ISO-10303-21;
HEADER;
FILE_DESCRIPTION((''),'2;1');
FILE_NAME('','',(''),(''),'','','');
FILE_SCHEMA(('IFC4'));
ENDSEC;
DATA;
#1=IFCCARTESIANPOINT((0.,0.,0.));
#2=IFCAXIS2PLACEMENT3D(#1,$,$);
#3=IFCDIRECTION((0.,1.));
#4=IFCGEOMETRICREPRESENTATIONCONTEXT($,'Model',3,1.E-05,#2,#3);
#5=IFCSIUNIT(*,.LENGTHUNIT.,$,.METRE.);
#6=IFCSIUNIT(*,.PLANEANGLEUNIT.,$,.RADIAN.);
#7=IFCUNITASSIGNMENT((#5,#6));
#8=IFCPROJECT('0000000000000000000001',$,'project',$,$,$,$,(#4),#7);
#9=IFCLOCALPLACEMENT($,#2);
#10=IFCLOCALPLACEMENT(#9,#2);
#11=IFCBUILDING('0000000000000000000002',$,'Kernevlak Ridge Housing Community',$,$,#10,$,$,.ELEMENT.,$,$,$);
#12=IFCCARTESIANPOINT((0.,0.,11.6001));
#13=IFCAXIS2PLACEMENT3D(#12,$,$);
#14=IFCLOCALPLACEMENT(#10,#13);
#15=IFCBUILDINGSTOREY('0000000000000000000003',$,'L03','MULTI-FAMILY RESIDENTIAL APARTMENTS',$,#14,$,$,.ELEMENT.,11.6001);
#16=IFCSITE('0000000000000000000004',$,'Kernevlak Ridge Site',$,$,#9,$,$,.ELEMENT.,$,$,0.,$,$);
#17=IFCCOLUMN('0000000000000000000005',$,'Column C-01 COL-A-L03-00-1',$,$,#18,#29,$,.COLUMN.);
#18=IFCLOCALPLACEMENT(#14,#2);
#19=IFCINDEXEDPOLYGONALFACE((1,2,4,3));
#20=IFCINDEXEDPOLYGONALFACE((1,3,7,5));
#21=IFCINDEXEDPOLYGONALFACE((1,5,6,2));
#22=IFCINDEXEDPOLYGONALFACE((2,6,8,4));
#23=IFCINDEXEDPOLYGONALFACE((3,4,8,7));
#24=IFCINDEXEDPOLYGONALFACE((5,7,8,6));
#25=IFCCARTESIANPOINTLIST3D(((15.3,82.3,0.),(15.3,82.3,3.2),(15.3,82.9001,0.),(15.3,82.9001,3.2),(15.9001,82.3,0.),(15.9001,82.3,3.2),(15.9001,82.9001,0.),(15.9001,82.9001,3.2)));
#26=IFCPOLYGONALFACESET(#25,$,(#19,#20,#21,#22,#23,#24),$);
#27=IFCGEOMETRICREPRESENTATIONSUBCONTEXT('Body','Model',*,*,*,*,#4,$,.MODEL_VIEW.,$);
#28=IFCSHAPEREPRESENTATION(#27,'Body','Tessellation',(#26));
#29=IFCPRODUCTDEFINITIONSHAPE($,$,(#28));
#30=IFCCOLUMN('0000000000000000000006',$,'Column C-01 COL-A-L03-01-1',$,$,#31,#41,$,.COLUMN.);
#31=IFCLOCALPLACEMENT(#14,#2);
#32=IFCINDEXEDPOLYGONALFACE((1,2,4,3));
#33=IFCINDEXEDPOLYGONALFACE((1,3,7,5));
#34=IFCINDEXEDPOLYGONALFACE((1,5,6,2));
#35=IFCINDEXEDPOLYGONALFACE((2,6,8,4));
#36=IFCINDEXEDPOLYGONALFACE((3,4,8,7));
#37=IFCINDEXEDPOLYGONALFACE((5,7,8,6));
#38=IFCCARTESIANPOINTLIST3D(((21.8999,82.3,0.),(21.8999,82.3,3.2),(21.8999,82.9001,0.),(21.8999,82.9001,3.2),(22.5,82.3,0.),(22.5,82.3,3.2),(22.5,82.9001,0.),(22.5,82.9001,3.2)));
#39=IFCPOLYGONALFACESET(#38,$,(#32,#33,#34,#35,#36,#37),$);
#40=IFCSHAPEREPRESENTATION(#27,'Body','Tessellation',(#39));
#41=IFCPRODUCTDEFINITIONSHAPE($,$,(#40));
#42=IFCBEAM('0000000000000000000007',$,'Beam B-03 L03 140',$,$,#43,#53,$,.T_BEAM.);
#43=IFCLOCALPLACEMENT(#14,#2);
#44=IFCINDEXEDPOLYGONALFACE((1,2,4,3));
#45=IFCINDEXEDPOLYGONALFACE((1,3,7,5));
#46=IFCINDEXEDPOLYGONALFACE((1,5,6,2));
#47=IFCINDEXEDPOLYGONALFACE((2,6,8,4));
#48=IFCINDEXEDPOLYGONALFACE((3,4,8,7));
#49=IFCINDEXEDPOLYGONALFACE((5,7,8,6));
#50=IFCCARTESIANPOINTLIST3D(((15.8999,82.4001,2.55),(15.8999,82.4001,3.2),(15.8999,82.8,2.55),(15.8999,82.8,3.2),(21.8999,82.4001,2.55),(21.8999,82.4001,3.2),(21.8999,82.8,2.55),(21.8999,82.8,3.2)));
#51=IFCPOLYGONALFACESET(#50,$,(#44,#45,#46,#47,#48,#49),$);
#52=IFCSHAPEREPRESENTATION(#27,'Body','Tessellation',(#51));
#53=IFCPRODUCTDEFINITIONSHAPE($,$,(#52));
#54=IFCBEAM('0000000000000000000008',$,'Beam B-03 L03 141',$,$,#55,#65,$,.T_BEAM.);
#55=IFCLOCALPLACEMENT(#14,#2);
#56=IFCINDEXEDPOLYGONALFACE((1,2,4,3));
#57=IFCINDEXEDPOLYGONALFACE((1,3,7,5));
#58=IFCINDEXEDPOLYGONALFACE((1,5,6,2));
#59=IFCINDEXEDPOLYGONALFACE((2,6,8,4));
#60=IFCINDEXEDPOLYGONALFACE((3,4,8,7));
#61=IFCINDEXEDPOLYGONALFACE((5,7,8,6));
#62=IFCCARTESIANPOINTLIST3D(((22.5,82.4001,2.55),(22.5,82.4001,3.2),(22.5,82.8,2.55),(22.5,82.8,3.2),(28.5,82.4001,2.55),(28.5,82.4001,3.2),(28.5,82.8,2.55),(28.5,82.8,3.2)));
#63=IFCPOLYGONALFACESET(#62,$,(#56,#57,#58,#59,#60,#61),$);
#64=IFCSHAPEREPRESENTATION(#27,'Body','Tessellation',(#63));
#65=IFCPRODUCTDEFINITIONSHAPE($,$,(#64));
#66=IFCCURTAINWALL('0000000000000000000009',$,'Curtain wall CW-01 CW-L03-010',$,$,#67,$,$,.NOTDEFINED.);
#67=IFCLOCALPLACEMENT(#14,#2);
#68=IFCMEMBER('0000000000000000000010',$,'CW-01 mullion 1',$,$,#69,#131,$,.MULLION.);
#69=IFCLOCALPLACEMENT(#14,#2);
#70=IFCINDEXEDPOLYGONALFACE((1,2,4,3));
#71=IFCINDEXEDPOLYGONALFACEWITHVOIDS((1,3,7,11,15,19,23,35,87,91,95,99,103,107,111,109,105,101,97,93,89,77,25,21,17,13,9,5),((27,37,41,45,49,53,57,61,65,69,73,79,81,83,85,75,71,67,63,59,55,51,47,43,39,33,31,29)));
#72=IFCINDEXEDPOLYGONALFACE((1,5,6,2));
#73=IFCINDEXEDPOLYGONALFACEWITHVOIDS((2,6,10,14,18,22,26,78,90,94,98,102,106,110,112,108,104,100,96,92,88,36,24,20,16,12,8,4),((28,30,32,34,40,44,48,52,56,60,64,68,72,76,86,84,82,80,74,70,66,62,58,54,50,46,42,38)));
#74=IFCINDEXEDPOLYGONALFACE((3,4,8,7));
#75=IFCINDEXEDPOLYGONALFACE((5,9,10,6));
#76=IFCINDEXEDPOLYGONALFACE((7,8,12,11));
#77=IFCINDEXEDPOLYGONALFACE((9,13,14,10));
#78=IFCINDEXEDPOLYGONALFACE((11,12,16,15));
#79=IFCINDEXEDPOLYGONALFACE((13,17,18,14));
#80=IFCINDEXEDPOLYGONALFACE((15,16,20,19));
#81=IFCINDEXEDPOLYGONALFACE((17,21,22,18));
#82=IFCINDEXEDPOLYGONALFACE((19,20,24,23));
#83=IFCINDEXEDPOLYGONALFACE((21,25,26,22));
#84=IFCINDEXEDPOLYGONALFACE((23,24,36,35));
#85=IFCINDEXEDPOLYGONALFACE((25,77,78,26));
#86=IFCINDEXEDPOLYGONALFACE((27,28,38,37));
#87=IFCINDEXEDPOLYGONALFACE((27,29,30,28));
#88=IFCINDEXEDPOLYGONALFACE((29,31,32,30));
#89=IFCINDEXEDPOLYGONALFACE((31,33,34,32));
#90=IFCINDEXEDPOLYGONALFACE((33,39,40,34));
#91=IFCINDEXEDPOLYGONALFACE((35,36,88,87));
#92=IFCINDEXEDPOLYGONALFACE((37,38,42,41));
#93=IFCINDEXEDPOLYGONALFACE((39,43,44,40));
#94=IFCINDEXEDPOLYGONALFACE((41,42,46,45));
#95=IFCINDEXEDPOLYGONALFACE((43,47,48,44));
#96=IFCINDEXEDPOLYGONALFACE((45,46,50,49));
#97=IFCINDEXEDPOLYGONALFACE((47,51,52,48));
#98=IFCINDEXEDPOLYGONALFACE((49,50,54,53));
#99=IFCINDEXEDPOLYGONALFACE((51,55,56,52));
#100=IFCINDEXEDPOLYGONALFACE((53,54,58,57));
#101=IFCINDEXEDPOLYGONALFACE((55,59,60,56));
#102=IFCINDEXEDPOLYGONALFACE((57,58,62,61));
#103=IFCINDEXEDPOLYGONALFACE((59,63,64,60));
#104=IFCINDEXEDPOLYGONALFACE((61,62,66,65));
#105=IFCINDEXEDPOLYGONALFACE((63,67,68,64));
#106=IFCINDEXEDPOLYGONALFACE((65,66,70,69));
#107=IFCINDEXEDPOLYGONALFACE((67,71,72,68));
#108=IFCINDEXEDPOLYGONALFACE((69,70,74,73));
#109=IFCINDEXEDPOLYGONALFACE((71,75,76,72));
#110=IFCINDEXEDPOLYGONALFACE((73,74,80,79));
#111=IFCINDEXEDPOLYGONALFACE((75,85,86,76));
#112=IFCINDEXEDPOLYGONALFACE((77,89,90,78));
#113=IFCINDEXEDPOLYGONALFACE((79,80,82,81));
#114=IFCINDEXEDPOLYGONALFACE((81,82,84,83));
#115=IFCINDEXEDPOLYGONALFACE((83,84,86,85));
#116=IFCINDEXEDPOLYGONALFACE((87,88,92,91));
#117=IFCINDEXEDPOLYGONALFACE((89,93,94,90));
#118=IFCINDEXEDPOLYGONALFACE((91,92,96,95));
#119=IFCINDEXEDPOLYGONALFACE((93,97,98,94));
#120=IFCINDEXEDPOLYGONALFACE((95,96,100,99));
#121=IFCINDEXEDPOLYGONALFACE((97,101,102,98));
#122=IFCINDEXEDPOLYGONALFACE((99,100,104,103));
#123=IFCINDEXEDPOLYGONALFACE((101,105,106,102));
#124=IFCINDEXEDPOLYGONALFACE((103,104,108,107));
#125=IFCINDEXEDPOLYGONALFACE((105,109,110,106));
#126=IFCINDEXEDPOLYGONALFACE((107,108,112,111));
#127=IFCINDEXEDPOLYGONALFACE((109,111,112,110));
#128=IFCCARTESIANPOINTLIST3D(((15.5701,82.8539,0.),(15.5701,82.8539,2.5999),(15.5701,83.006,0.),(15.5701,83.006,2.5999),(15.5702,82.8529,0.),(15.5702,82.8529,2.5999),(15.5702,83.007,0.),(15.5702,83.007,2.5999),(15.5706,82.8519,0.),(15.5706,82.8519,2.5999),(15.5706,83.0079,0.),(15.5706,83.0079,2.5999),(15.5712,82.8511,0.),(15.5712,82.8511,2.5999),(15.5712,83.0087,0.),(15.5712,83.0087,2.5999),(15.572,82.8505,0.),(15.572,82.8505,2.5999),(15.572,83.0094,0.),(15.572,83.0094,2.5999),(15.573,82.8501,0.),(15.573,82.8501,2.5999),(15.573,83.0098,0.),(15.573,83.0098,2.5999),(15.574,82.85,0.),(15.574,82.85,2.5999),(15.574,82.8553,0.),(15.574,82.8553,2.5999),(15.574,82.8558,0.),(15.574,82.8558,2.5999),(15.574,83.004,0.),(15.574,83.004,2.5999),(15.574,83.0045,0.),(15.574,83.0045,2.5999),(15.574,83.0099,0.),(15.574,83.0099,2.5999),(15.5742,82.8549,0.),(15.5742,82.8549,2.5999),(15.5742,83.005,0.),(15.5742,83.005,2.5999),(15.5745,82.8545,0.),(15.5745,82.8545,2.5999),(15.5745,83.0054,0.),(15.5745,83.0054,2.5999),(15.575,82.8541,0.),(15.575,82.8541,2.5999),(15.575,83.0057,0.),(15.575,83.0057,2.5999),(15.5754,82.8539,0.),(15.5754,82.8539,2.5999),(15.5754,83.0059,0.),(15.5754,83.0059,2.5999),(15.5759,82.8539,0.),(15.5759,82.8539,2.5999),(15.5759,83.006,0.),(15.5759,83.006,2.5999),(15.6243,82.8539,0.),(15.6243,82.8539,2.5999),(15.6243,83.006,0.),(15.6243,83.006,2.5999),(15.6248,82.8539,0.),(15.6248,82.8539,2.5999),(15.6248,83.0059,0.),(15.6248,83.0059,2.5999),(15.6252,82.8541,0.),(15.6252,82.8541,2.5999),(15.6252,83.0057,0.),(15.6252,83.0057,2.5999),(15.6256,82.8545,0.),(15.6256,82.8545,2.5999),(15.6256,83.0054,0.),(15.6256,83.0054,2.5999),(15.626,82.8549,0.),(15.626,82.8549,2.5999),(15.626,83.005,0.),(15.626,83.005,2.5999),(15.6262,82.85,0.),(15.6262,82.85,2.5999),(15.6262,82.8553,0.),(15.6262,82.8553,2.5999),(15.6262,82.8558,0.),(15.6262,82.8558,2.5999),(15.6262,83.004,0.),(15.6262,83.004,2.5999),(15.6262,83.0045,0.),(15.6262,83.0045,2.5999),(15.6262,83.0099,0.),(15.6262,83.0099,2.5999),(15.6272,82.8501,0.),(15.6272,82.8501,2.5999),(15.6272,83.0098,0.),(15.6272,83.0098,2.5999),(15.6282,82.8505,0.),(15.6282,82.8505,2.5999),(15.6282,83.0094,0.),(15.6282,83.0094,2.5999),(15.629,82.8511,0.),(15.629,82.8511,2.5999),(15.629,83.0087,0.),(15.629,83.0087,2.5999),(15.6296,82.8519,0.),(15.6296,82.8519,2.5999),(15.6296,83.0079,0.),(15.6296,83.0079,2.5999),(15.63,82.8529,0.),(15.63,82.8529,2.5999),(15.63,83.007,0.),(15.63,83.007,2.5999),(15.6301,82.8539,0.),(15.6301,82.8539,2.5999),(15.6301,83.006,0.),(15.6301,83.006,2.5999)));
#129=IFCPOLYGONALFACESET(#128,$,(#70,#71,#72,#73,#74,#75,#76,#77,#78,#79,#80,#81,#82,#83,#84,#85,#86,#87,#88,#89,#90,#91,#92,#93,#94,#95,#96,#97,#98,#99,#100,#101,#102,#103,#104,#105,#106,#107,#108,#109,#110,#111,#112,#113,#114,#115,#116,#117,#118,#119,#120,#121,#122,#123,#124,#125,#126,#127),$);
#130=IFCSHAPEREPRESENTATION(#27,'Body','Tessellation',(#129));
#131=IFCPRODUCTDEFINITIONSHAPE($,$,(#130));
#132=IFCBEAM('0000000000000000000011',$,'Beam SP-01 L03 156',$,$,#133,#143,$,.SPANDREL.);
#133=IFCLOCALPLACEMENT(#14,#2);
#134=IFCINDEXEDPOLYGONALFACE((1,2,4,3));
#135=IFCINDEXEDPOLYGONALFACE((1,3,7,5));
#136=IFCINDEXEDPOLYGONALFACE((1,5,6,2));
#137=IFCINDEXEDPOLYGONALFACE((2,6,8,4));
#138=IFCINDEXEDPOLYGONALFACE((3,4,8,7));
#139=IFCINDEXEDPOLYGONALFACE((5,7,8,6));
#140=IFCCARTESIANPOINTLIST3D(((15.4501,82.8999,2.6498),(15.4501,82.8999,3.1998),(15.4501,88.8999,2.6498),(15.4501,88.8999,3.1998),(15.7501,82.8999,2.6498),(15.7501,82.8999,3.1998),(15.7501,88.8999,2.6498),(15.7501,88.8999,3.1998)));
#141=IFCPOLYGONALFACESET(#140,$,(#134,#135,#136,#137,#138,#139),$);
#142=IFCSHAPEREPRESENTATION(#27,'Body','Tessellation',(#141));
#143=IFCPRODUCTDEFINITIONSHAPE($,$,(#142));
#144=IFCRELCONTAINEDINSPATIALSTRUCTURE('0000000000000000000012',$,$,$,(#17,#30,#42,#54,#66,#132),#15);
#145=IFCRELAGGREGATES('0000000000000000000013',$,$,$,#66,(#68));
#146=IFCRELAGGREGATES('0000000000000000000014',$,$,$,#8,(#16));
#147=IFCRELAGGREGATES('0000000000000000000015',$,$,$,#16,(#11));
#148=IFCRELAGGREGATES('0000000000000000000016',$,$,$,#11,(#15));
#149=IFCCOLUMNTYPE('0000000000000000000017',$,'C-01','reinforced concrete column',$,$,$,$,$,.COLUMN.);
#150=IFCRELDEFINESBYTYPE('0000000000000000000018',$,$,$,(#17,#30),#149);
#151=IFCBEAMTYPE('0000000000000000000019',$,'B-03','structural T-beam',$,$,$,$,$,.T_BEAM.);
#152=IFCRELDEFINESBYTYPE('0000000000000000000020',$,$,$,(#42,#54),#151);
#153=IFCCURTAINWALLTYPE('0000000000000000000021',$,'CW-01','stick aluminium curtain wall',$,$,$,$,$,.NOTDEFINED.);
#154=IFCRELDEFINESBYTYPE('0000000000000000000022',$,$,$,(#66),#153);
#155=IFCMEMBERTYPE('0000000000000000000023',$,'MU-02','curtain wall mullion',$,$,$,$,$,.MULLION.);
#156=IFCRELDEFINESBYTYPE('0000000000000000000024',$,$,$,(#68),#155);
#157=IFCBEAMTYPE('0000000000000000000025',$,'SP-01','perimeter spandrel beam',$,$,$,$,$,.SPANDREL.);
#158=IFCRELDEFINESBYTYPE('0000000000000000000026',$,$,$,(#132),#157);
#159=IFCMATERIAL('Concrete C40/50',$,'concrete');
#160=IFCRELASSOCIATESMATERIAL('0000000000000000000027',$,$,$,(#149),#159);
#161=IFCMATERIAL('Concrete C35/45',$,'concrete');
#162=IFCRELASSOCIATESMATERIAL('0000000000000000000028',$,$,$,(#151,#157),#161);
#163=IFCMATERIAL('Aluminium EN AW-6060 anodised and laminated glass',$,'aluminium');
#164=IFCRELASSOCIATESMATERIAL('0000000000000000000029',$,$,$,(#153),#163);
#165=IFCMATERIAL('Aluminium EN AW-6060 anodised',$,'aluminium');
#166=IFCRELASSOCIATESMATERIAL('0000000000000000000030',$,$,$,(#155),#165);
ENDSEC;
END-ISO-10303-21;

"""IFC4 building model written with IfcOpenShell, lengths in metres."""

from ifc_helpers import new_model, si_unit, direction, frame, origin, origin_2d, place, context, subcontext, project, spatial, rectangle, hollow_rectangle, extrude, material, material_profile, profile_set, type_object, element, aggregate, save


model = new_model("IFC4")

# Units and contexts
model_context = context("Model", 3, precision=1e-05, world=origin(), true_north=direction((0.0, 1.0)))
body_context = subcontext(model_context, "Body", "Model", "MODEL_VIEW")
ifc_project = project(units=[si_unit("LENGTHUNIT", "METRE"), si_unit("PLANEANGLEUNIT", "RADIAN")], contexts=[model_context])

# Site, building, storey
site_placement = place(None, origin())
site = spatial("IfcSite", under=ifc_project, at=site_placement, Name="Kernevlak Ridge Site", CompositionType="ELEMENT", RefElevation=0.0)
building_placement = place(site_placement, origin())
building = spatial("IfcBuilding", under=site, at=building_placement, Name="Kernevlak Ridge Housing Community", CompositionType="ELEMENT")
storey_placement = place(building_placement, frame((0.0, 0.0, 11.6001)))
storey = spatial("IfcBuildingStorey", under=building, at=storey_placement, Name="L03", Description="MULTI-FAMILY RESIDENTIAL APARTMENTS", CompositionType="ELEMENT", Elevation=11.6001)

# Columns
ifc_material_1 = material(Name="Concrete C40/50", Category="concrete")
ifc_material_profile_1 = material_profile(ifc_material_1, rectangle(XDim=0.6001, YDim=0.6001, at=origin_2d()), Name="RC 600x600")
ifc_profile_set_1 = profile_set([ifc_material_profile_1], Name="Concrete C40/50")
column_type = type_object("IfcColumnType", Name="C-01", Description="reinforced concrete column", PredefinedType="COLUMN", material=ifc_profile_set_1)
for number, where, z_axis, x_axis, name in (
    (1, (15.6001, 82.6001, 0.0), (0.0, 0.0, 1.0), (1.0, 0.0, 0.0), "Column C-01 COL-A-L03-00-1"),
    (2, (22.2, 82.6001, 0.0), (0.0, 0.0, 1.0), (1.0, 0.0, 0.0), "Column C-01 COL-A-L03-01-1"),
):
    element("IfcColumn", number, at=place(storey_placement, frame(where, z_axis=z_axis, x_axis=x_axis)), inside=storey, type_object=column_type, Name=name, PredefinedType="COLUMN", context=body_context, shape_type="SweptSolid", body=[
        extrude(rectangle(XDim=0.6001, YDim=0.6001, at=origin_2d()), origin(), (0.0, 0.0, 1.0), 3.2),
    ])

# Beams
ifc_material_2 = material(Name="Concrete C35/45", Category="concrete")
ifc_material_profile_2 = material_profile(ifc_material_2, rectangle(XDim=0.3999, YDim=0.6499, at=origin_2d()), Name="RC 400x650")
ifc_profile_set_2 = profile_set([ifc_material_profile_2], Name="Concrete C35/45")
beam_type_1 = type_object("IfcBeamType", Name="B-03", Description="structural T-beam", PredefinedType="T_BEAM", material=ifc_profile_set_2)
for number, where, z_axis, x_axis, name in (
    (3, (15.8999, 82.6001, 2.875), (1.0, 0.0, 0.0), (0.0, 1.0, 0.0), "Beam B-03 L03 140"),
    (4, (22.5, 82.6001, 2.875), (1.0, 0.0, 0.0), (0.0, 1.0, 0.0), "Beam B-03 L03 141"),
):
    element("IfcBeam", number, at=place(storey_placement, frame(where, z_axis=z_axis, x_axis=x_axis)), inside=storey, type_object=beam_type_1, Name=name, PredefinedType="T_BEAM", context=body_context, shape_type="SweptSolid", body=[
        extrude(rectangle(XDim=0.3999, YDim=0.6499, at=origin_2d()), origin(), (0.0, 0.0, 1.0), 6.0),
    ])

# Curtain wall, member
ifc_material_3 = material(Name="Aluminium EN AW-6060 anodised and laminated glass", Category="aluminium")
curtain_wall_type = type_object("IfcCurtainWallType", Name="CW-01", Description="stick aluminium curtain wall", PredefinedType="NOTDEFINED", material=ifc_material_3)
curtain_wall_placement = place(storey_placement, origin())
curtain_wall = element("IfcCurtainWall", 5, at=curtain_wall_placement, inside=storey, type_object=curtain_wall_type, Name="Curtain wall CW-01 CW-L03-010", PredefinedType="NOTDEFINED")
ifc_material_4 = material(Name="Aluminium EN AW-6060 anodised", Category="aluminium")
ifc_material_profile_3 = material_profile(ifc_material_4, hollow_rectangle(XDim=0.0601, YDim=0.1599, WallThickness=0.0039, InnerFilletRadius=0.002, OuterFilletRadius=0.0039, at=origin_2d()), Name="ALU 60x160x4")
ifc_profile_set_3 = profile_set([ifc_material_profile_3], Name="Aluminium EN AW-6060 anodised")
member_type_1 = type_object("IfcMemberType", Name="MU-02", Description="curtain wall mullion", PredefinedType="MULLION", material=ifc_profile_set_3)
member_1_placement = place(storey_placement, frame((15.6001, 82.9299, 0.0), z_axis=(0.0, 0.0, 1.0), x_axis=(-1.0, 0.0, 0.0)))
member_1 = element("IfcMember", 6, at=member_1_placement, type_object=member_type_1, Name="CW-01 mullion 1", PredefinedType="MULLION", context=body_context, shape_type="SweptSolid", body=[
    extrude(hollow_rectangle(XDim=0.0601, YDim=0.1599, WallThickness=0.0039, InnerFilletRadius=0.002, OuterFilletRadius=0.0039, at=origin_2d()), origin(), (0.0, 0.0, 1.0), 2.5999),
])

# Beam
ifc_material_profile_4 = material_profile(ifc_material_2, rectangle(XDim=0.3, YDim=0.55, at=origin_2d()), Name="RC 300x550")
ifc_profile_set_4 = profile_set([ifc_material_profile_4], Name="Concrete C35/45")
beam_type_2 = type_object("IfcBeamType", Name="SP-01", Description="perimeter spandrel beam", PredefinedType="SPANDREL", material=ifc_profile_set_4)
beam_placement = place(storey_placement, frame((15.6001, 82.8999, 2.9248), z_axis=(0.0, 1.0, 0.0), x_axis=(-1.0, 0.0, 0.0)))
element("IfcBeam", 7, at=beam_placement, inside=storey, type_object=beam_type_2, Name="Beam SP-01 L03 156", PredefinedType="SPANDREL", context=body_context, shape_type="SweptSolid", body=[
    extrude(rectangle(XDim=0.3, YDim=0.55, at=origin_2d()), origin(), (0.0, 0.0, 1.0), 6.0),
])

aggregate(curtain_wall, [member_1])

save(model, "model.ifc")
